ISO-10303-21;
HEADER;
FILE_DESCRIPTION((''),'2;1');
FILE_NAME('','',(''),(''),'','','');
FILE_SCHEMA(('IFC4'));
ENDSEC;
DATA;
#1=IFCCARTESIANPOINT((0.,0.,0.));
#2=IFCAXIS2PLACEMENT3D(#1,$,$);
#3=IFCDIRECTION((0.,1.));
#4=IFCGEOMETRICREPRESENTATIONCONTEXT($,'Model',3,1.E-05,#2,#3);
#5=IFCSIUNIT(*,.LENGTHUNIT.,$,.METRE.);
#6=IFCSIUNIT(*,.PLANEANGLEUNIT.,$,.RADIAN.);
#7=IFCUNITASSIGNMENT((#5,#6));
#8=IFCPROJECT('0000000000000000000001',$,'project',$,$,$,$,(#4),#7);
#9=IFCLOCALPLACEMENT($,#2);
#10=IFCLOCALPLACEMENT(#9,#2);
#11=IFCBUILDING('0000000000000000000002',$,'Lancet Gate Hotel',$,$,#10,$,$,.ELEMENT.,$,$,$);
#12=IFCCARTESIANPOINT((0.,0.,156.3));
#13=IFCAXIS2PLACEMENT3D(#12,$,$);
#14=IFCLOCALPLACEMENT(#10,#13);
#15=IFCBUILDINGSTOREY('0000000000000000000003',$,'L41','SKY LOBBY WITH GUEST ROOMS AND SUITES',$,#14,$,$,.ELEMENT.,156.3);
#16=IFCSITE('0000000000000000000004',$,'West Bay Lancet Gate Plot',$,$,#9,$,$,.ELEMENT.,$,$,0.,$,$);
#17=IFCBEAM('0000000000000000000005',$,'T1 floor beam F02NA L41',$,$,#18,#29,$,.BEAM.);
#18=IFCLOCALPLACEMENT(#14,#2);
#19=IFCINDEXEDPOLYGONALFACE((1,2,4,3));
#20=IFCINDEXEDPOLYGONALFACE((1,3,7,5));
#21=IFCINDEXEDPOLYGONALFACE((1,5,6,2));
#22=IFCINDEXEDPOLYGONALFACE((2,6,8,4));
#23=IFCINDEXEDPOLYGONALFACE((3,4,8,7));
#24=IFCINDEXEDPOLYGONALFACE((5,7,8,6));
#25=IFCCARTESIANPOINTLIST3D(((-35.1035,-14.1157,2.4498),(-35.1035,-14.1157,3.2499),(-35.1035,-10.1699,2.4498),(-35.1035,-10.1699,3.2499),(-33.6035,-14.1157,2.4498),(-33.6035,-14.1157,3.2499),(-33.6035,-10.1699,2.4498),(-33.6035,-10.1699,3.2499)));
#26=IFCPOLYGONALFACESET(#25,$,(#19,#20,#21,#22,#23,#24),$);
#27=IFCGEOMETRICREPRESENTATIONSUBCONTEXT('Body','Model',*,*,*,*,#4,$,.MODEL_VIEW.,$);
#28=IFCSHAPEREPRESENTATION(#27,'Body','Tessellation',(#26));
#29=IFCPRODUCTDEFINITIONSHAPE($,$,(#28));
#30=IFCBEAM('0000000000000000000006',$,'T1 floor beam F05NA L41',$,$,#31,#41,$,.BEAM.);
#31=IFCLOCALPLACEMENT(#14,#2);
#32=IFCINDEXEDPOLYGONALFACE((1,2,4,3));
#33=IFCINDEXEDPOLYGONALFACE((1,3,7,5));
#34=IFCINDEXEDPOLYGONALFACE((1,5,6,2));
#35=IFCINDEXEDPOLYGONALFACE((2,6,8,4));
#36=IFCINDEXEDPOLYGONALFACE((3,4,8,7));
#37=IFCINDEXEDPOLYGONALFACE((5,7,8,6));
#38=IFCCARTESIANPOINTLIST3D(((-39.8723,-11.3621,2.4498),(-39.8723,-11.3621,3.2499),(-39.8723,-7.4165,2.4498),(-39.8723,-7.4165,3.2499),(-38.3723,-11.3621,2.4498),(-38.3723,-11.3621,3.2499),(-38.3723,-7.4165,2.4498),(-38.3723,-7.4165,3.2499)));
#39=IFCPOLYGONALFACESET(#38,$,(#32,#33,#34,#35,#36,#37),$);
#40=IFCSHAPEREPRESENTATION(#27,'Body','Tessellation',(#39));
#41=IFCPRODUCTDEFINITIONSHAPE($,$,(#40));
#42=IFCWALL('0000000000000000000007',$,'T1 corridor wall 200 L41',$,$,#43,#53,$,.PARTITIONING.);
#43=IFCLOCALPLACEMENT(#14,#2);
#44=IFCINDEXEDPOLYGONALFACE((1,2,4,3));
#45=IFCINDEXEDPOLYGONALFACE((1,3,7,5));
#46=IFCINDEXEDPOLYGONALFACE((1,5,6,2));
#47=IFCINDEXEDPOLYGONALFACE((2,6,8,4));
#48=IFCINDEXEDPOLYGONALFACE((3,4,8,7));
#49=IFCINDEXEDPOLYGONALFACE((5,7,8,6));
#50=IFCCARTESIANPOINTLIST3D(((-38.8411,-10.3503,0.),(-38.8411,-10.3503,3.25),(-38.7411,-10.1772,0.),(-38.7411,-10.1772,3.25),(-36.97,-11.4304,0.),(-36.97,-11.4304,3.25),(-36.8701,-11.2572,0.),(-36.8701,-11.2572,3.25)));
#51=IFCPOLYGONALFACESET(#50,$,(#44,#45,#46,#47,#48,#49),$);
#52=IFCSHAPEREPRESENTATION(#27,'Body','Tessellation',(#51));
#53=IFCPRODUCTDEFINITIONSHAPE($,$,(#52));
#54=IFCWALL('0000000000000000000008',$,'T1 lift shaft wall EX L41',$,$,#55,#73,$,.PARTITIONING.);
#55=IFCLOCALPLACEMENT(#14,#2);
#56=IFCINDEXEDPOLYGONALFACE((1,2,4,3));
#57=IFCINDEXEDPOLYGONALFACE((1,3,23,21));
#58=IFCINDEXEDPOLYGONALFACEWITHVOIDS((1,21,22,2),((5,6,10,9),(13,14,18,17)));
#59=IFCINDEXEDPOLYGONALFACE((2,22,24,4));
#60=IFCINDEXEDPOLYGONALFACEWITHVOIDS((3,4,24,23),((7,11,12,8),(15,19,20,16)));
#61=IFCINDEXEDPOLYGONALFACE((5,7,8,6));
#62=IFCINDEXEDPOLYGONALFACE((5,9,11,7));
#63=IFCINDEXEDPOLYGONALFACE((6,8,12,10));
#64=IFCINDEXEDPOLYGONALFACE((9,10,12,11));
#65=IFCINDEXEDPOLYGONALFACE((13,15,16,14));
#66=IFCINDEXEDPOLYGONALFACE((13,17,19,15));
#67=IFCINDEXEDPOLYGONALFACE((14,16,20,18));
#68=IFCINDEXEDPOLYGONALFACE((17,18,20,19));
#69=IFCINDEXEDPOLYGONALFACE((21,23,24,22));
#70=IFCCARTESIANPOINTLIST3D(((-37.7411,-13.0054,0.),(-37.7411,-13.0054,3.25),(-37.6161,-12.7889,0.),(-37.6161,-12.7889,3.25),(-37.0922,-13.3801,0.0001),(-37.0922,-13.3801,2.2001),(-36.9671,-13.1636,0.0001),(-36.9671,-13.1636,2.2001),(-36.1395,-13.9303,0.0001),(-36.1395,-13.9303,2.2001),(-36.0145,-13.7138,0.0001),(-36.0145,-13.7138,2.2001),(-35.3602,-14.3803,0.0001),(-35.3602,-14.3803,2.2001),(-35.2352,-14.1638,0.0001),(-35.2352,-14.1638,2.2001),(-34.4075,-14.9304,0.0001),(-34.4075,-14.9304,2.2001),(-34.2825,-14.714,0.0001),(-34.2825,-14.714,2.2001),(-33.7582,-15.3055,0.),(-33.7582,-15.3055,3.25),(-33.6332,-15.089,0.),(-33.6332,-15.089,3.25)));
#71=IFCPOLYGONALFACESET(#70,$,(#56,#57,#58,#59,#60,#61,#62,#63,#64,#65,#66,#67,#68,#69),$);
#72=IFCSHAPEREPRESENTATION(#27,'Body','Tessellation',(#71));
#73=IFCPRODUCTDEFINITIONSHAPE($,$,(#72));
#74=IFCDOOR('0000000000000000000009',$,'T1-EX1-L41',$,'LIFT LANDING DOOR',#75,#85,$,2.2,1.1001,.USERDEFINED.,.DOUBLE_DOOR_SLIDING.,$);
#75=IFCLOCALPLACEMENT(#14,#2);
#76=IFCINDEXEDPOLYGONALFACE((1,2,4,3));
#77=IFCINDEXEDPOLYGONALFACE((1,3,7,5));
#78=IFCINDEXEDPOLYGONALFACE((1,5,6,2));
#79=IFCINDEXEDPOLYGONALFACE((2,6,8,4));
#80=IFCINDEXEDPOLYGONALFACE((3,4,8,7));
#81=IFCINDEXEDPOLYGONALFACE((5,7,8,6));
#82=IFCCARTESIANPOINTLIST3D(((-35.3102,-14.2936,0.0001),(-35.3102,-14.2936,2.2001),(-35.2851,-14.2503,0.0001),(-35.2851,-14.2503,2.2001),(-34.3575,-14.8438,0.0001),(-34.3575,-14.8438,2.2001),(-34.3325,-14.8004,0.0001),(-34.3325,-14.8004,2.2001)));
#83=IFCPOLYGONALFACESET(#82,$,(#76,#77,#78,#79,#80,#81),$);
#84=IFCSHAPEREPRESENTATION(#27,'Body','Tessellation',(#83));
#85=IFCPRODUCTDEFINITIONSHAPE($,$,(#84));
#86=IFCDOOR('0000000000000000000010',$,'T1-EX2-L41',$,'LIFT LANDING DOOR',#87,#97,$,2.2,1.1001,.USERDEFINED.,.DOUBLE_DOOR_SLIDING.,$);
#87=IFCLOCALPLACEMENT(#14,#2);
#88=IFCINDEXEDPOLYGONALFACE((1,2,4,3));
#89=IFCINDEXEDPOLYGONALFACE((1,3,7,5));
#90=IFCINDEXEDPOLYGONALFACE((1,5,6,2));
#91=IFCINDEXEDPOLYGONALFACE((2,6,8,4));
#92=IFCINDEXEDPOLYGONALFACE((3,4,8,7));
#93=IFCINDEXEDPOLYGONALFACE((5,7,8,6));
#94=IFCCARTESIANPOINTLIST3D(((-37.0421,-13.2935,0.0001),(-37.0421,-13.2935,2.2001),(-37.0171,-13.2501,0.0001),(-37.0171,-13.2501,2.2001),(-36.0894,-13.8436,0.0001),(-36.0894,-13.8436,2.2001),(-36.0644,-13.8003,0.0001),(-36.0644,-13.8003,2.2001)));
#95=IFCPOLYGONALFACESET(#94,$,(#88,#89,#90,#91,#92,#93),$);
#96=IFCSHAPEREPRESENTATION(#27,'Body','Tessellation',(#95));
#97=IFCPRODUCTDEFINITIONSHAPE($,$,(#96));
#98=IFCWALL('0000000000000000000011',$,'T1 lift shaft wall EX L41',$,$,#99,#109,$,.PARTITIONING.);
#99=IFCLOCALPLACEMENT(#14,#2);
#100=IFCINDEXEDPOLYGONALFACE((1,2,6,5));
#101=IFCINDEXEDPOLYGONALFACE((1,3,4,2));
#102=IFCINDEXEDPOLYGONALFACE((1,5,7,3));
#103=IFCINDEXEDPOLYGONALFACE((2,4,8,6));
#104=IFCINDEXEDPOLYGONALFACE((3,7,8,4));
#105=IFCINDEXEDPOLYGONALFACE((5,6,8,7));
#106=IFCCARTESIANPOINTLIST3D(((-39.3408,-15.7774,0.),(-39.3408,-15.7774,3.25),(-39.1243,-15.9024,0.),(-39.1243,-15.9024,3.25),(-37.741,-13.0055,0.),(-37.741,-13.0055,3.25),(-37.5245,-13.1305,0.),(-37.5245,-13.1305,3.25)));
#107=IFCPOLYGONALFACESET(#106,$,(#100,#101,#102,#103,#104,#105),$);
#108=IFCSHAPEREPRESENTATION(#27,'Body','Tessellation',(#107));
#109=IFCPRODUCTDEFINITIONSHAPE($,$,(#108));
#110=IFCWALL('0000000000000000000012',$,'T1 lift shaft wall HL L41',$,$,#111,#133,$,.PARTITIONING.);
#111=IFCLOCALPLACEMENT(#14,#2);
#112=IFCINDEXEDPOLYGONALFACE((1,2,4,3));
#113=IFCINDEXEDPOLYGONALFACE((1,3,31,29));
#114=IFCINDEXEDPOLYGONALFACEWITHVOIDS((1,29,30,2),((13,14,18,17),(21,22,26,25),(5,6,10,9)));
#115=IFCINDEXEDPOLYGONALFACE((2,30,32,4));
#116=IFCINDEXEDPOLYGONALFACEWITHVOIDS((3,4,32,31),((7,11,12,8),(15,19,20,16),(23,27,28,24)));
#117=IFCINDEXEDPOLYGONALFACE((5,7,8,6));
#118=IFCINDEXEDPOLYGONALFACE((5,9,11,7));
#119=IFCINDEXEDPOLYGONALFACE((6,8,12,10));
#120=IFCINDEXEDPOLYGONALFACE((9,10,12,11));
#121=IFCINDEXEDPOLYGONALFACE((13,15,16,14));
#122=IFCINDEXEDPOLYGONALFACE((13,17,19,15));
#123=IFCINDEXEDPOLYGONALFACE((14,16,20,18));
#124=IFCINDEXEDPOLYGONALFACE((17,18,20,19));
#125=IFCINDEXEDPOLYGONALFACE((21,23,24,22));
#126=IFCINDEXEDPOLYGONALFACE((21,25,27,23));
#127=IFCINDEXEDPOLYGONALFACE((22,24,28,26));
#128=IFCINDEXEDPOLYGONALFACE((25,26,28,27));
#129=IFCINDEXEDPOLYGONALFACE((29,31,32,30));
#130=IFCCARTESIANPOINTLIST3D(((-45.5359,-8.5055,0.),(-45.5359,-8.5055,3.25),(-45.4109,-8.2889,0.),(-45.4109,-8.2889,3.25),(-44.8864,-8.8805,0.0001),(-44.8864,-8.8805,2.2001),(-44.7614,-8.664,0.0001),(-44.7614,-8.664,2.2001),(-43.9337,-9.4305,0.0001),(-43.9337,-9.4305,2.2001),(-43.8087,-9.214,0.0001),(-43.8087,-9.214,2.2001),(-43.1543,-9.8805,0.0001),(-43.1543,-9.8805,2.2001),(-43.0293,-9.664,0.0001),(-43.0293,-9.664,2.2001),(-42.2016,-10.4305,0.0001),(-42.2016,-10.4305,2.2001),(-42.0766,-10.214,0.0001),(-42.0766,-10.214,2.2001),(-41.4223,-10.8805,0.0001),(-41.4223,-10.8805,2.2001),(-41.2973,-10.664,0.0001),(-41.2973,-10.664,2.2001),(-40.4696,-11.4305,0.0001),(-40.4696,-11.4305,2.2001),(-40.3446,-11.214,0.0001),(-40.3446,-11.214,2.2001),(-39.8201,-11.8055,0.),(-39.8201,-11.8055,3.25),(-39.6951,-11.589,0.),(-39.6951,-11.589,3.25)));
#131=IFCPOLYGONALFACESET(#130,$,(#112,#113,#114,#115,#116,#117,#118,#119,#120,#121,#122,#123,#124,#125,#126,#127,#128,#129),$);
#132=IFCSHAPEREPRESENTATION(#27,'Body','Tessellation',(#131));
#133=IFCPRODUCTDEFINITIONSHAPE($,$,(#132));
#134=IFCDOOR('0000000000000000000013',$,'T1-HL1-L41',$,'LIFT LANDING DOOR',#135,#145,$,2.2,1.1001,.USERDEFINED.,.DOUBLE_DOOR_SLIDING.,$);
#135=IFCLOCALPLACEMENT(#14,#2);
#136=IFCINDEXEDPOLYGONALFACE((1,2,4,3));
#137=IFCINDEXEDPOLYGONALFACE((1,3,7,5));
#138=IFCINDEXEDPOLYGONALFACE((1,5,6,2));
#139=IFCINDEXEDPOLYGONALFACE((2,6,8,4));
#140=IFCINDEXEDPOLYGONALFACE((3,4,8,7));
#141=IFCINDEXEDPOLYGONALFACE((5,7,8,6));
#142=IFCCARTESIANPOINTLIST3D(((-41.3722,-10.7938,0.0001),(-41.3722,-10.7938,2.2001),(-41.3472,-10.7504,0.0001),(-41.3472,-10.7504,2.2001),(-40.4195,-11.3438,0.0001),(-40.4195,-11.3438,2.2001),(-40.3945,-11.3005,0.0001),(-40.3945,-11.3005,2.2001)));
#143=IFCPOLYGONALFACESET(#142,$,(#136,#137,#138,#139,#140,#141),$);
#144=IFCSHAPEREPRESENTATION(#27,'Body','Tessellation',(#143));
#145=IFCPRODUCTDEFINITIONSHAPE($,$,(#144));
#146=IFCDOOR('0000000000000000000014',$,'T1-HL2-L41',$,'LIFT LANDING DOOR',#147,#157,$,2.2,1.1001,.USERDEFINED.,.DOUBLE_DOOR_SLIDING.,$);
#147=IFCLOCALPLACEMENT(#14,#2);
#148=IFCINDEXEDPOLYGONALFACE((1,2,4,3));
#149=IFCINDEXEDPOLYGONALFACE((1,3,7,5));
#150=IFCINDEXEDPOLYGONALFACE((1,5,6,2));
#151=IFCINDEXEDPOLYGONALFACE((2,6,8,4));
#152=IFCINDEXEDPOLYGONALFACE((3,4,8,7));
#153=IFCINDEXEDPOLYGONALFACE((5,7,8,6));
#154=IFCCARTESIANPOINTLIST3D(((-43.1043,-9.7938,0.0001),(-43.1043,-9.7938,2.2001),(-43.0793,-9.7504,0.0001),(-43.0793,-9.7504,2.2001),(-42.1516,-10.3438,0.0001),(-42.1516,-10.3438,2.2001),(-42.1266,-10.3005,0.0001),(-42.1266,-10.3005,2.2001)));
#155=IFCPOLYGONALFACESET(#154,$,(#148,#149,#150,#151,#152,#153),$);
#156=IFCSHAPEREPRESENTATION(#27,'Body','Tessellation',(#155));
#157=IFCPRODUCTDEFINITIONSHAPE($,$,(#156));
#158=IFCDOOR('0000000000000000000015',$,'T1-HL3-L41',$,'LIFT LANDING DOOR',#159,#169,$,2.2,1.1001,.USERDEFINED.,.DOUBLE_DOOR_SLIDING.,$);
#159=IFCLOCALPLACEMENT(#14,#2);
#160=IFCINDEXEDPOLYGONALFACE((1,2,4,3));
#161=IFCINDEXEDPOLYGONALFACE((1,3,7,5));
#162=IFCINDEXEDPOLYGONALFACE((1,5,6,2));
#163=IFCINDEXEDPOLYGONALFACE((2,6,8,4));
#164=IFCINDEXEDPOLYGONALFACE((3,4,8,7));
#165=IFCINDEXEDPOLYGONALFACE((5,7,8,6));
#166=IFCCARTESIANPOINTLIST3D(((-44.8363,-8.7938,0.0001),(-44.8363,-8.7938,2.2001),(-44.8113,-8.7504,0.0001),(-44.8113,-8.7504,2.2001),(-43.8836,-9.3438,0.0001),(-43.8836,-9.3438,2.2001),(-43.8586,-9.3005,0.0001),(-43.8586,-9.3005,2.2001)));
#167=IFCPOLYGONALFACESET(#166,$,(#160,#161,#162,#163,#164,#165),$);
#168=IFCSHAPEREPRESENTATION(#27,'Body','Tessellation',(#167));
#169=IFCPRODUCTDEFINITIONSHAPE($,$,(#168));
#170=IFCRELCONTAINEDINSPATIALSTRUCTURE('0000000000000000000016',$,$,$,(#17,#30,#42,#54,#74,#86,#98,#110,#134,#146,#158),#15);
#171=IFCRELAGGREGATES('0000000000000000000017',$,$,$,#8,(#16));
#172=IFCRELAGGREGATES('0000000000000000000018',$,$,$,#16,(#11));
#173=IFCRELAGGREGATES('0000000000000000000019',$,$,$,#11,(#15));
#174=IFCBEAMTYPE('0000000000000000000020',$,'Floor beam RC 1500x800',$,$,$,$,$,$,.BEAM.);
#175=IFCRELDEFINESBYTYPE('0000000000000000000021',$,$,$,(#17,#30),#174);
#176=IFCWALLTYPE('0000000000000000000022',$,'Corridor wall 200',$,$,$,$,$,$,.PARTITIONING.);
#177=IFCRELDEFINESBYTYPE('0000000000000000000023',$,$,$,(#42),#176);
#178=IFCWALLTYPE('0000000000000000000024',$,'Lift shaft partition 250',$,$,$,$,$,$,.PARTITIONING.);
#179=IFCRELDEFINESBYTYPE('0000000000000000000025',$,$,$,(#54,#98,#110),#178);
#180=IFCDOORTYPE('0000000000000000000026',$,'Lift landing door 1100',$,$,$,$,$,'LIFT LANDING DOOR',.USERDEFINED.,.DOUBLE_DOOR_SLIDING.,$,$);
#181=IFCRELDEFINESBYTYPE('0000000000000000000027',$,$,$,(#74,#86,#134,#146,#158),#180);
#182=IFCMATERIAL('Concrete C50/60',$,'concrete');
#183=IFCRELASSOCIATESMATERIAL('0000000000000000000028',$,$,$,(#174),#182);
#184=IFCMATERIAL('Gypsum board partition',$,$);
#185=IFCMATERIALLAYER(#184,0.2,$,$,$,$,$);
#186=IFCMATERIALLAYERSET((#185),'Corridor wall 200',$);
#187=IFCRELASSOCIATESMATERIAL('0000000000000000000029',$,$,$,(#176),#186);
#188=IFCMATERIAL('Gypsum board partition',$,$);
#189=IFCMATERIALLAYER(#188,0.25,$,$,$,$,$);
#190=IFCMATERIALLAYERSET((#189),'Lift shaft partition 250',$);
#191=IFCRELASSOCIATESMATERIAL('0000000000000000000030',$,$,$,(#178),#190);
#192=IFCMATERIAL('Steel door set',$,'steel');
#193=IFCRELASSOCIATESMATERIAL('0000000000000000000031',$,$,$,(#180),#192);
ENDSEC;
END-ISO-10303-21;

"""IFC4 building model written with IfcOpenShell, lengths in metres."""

from ifc_helpers import new_model, si_unit, direction, frame, frame_2d, origin, origin_2d, place, context, subcontext, project, spatial, rectangle, extrude, material, layer, layer_set, material_profile, profile_set, type_object, element, fill, save


model = new_model("IFC4")

# Units and contexts
model_context = context("Model", 3, precision=1e-05, world=origin(), true_north=direction((0.0, 1.0)))
body_context = subcontext(model_context, "Body", "Model", "MODEL_VIEW")
ifc_project = project(units=[si_unit("LENGTHUNIT", "METRE"), si_unit("PLANEANGLEUNIT", "RADIAN")], contexts=[model_context])

# Site, building, storey
site_placement = place(None, origin())
site = spatial("IfcSite", under=ifc_project, at=site_placement, Name="West Bay Lancet Gate Plot", CompositionType="ELEMENT", RefElevation=0.0)
building_placement = place(site_placement, origin())
building = spatial("IfcBuilding", under=site, at=building_placement, Name="Lancet Gate Hotel", CompositionType="ELEMENT")
storey_placement = place(building_placement, frame((0.0, 0.0, 156.3)))
storey = spatial("IfcBuildingStorey", under=building, at=storey_placement, Name="L41", Description="SKY LOBBY WITH GUEST ROOMS AND SUITES", CompositionType="ELEMENT", Elevation=156.3)

# Beams
ifc_material_1 = material(Name="Concrete C50/60", Category="concrete")
ifc_material_profile = material_profile(ifc_material_1, rectangle(XDim=1.5, YDim=0.8, at=origin_2d()), Name="RC 1500x800")
ifc_profile_set = profile_set([ifc_material_profile], Name="Concrete C50/60")
beam_type = type_object("IfcBeamType", Name="Floor beam RC 1500x800", PredefinedType="BEAM", material=ifc_profile_set)
beam_1_placement = place(storey_placement, frame((-34.3535, -10.1699, 2.8499), z_axis=(0.0, -1.0, 0.0), x_axis=(1.0, 0.0, 0.0)))
element("IfcBeam", 1, at=beam_1_placement, inside=storey, type_object=beam_type, Name="T1 floor beam F02NA L41", PredefinedType="BEAM", context=body_context, shape_type="SweptSolid", body=[
    extrude(rectangle(XDim=1.5, YDim=0.8, at=origin_2d()), origin(), (0.0, 0.0, 1.0), 3.9458),
])
beam_2_placement = place(storey_placement, frame((-39.1223, -7.4165, 2.8499), z_axis=(0.0, -1.0, 0.0), x_axis=(1.0, 0.0, 0.0)))
element("IfcBeam", 2, at=beam_2_placement, inside=storey, type_object=beam_type, Name="T1 floor beam F05NA L41", PredefinedType="BEAM", context=body_context, shape_type="SweptSolid", body=[
    extrude(rectangle(XDim=1.5, YDim=0.8, at=origin_2d()), origin(), (0.0, 0.0, 1.0), 3.9456),
])

# Wall
ifc_material_2 = material(Name="Gypsum board partition")
ifc_layer_1 = layer(ifc_material_2, 0.2)
ifc_layer_set_1 = layer_set([ifc_layer_1], Name="Corridor wall 200")
wall_type_1 = type_object("IfcWallType", Name="Corridor wall 200", PredefinedType="PARTITIONING", material=ifc_layer_set_1)
wall_1_placement = place(storey_placement, frame((-36.9202, -11.3438, 0.0), z_axis=(0.0, 0.0, 1.0), x_axis=(-0.866065, 0.499931, 0.0)))
element("IfcWall", 3, at=wall_1_placement, inside=storey, type_object=wall_type_1, Name="T1 corridor wall 200 L41", PredefinedType="PARTITIONING", context=body_context, shape_type="SweptSolid", body=[
    extrude(rectangle(XDim=2.1604, YDim=0.2, at=frame_2d((1.0801, 0.0))), origin(), (0.0, 0.0, 1.0), 3.25),
])

# Wall, openings, doors
ifc_material_3 = material(Name="Gypsum board partition")
ifc_layer_2 = layer(ifc_material_3, 0.25)
ifc_layer_set_2 = layer_set([ifc_layer_2], Name="Lift shaft partition 250")
wall_type_2 = type_object("IfcWallType", Name="Lift shaft partition 250", PredefinedType="PARTITIONING", material=ifc_layer_set_2)
wall_2_placement = place(storey_placement, frame((-33.6956, -15.1973, 0.0), z_axis=(0.0, 0.0, 1.0), x_axis=(-0.865977, 0.500084, 0.0)))
wall_2 = element("IfcWall", 4, at=wall_2_placement, inside=storey, type_object=wall_type_2, Name="T1 lift shaft wall EX L41", PredefinedType="PARTITIONING", context=body_context, shape_type="SweptSolid", body=[
    extrude(rectangle(XDim=4.5994, YDim=0.25, at=frame_2d((2.2998, 0.0))), origin(), (0.0, 0.0, 1.0), 3.25),
])
opening_1_placement = place(wall_2_placement, frame((0.75, 0.0, 0.0)))
opening_1 = element("IfcOpeningElement", 5, at=opening_1_placement, cuts=wall_2, PredefinedType="OPENING", context=body_context, shape_type="SweptSolid", body=[
    extrude(rectangle(XDim=1.1001, YDim=2.2, at=frame_2d((0.55, 1.1001))), frame((0.0, 0.135, 0.0), z_axis=(0.0, -1.0, 0.0), x_axis=(1.0, 0.0, 0.0)), (0.0, 0.0, 1.0), 0.27),
])
opening_2_placement = place(wall_2_placement, frame((2.75, 0.0, 0.0)))
opening_2 = element("IfcOpeningElement", 6, at=opening_2_placement, cuts=wall_2, PredefinedType="OPENING", context=body_context, shape_type="SweptSolid", body=[
    extrude(rectangle(XDim=1.1001, YDim=2.2, at=frame_2d((0.55, 1.1001))), frame((0.0, 0.135, 0.0), z_axis=(0.0, -1.0, 0.0), x_axis=(1.0, 0.0, 0.0)), (0.0, 0.0, 1.0), 0.27),
])
ifc_material_4 = material(Name="Steel door set", Category="steel")
door_type_1 = type_object("IfcDoorType", Name="Lift landing door 1100", ElementType="LIFT LANDING DOOR", OperationType="DOUBLE_DOOR_SLIDING", PredefinedType="USERDEFINED", material=ifc_material_4)
door_1_placement = place(opening_1_placement, origin())
door_1 = element("IfcDoor", 7, at=door_1_placement, inside=storey, type_object=door_type_1, Name="T1-EX1-L41", ObjectType="LIFT LANDING DOOR", OperationType="DOUBLE_DOOR_SLIDING", OverallHeight=2.2, OverallWidth=1.1001, PredefinedType="USERDEFINED", context=body_context, shape_type="SweptSolid", body=[
    extrude(rectangle(XDim=1.1001, YDim=2.2, at=frame_2d((0.55, 1.1001))), frame((0.0, 0.0249, 0.0), z_axis=(0.0, -1.0, 0.0), x_axis=(1.0, 0.0, 0.0)), (0.0, 0.0, 1.0), 0.05),
])
fill(opening_1, door_1)
door_2_placement = place(opening_2_placement, origin())
door_2 = element("IfcDoor", 8, at=door_2_placement, inside=storey, type_object=door_type_1, Name="T1-EX2-L41", ObjectType="LIFT LANDING DOOR", OperationType="DOUBLE_DOOR_SLIDING", OverallHeight=2.2, OverallWidth=1.1001, PredefinedType="USERDEFINED", context=body_context, shape_type="SweptSolid", body=[
    extrude(rectangle(XDim=1.1001, YDim=2.2, at=frame_2d((0.55, 1.1001))), frame((0.0, 0.0249, 0.0), z_axis=(0.0, -1.0, 0.0), x_axis=(1.0, 0.0, 0.0)), (0.0, 0.0, 1.0), 0.05),
])
fill(opening_2, door_2)

# Wall
wall_3_placement = place(storey_placement, frame((-37.6328, -13.0681, 0.0), z_axis=(0.0, 0.0, 1.0), x_axis=(-0.499872, -0.866099, 0.0)))
element("IfcWall", 9, at=wall_3_placement, inside=storey, type_object=wall_type_2, Name="T1 lift shaft wall EX L41", PredefinedType="PARTITIONING", context=body_context, shape_type="SweptSolid", body=[
    extrude(rectangle(XDim=3.2004, YDim=0.25, at=frame_2d((1.6001, 0.0))), origin(), (0.0, 0.0, 1.0), 3.25),
])

# Wall, openings, doors
wall_4_placement = place(storey_placement, frame((-39.7576, -11.6973, 0.0), z_axis=(0.0, 0.0, 1.0), x_axis=(-0.866024, 0.500002, 0.0)))
wall_4 = element("IfcWall", 10, at=wall_4_placement, inside=storey, type_object=wall_type_2, Name="T1 lift shaft wall HL L41", PredefinedType="PARTITIONING", context=body_context, shape_type="SweptSolid", body=[
    extrude(rectangle(XDim=6.6001, YDim=0.25, at=frame_2d((3.3, 0.0))), origin(), (0.0, 0.0, 1.0), 3.25),
])
opening_3_placement = place(wall_4_placement, frame((0.75, 0.0, 0.0)))
opening_3 = element("IfcOpeningElement", 11, at=opening_3_placement, cuts=wall_4, PredefinedType="OPENING", context=body_context, shape_type="SweptSolid", body=[
    extrude(rectangle(XDim=1.1001, YDim=2.2, at=frame_2d((0.55, 1.1001))), frame((0.0, 0.135, 0.0), z_axis=(0.0, -1.0, 0.0), x_axis=(1.0, 0.0, 0.0)), (0.0, 0.0, 1.0), 0.27),
])
opening_4_placement = place(wall_4_placement, frame((2.75, 0.0, 0.0)))
opening_4 = element("IfcOpeningElement", 12, at=opening_4_placement, cuts=wall_4, PredefinedType="OPENING", context=body_context, shape_type="SweptSolid", body=[
    extrude(rectangle(XDim=1.1001, YDim=2.2, at=frame_2d((0.55, 1.1001))), frame((0.0, 0.135, 0.0), z_axis=(0.0, -1.0, 0.0), x_axis=(1.0, 0.0, 0.0)), (0.0, 0.0, 1.0), 0.27),
])
opening_5_placement = place(wall_4_placement, frame((4.75, 0.0, 0.0)))
opening_5 = element("IfcOpeningElement", 13, at=opening_5_placement, cuts=wall_4, PredefinedType="OPENING", context=body_context, shape_type="SweptSolid", body=[
    extrude(rectangle(XDim=1.1001, YDim=2.2, at=frame_2d((0.55, 1.1001))), frame((0.0, 0.135, 0.0), z_axis=(0.0, -1.0, 0.0), x_axis=(1.0, 0.0, 0.0)), (0.0, 0.0, 1.0), 0.27),
])
door_3_placement = place(opening_3_placement, origin())
door_3 = element("IfcDoor", 14, at=door_3_placement, inside=storey, type_object=door_type_1, Name="T1-HL1-L41", ObjectType="LIFT LANDING DOOR", OperationType="DOUBLE_DOOR_SLIDING", OverallHeight=2.2, OverallWidth=1.1001, PredefinedType="USERDEFINED", context=body_context, shape_type="SweptSolid", body=[
    extrude(rectangle(XDim=1.1001, YDim=2.2, at=frame_2d((0.55, 1.1001))), frame((0.0, 0.0249, 0.0), z_axis=(0.0, -1.0, 0.0), x_axis=(1.0, 0.0, 0.0)), (0.0, 0.0, 1.0), 0.05),
])
fill(opening_3, door_3)
door_4_placement = place(opening_4_placement, origin())
door_4 = element("IfcDoor", 15, at=door_4_placement, inside=storey, type_object=door_type_1, Name="T1-HL2-L41", ObjectType="LIFT LANDING DOOR", OperationType="DOUBLE_DOOR_SLIDING", OverallHeight=2.2, OverallWidth=1.1001, PredefinedType="USERDEFINED", context=body_context, shape_type="SweptSolid", body=[
    extrude(rectangle(XDim=1.1001, YDim=2.2, at=frame_2d((0.55, 1.1001))), frame((0.0, 0.0249, 0.0), z_axis=(0.0, -1.0, 0.0), x_axis=(1.0, 0.0, 0.0)), (0.0, 0.0, 1.0), 0.05),
])
fill(opening_4, door_4)
door_5_placement = place(opening_5_placement, origin())
door_5 = element("IfcDoor", 16, at=door_5_placement, inside=storey, type_object=door_type_1, Name="T1-HL3-L41", ObjectType="LIFT LANDING DOOR", OperationType="DOUBLE_DOOR_SLIDING", OverallHeight=2.2, OverallWidth=1.1001, PredefinedType="USERDEFINED", context=body_context, shape_type="SweptSolid", body=[
    extrude(rectangle(XDim=1.1001, YDim=2.2, at=frame_2d((0.55, 1.1001))), frame((0.0, 0.0249, 0.0), z_axis=(0.0, -1.0, 0.0), x_axis=(1.0, 0.0, 0.0)), (0.0, 0.0, 1.0), 0.05),
])
fill(opening_5, door_5)

save(model, "model.ifc")
